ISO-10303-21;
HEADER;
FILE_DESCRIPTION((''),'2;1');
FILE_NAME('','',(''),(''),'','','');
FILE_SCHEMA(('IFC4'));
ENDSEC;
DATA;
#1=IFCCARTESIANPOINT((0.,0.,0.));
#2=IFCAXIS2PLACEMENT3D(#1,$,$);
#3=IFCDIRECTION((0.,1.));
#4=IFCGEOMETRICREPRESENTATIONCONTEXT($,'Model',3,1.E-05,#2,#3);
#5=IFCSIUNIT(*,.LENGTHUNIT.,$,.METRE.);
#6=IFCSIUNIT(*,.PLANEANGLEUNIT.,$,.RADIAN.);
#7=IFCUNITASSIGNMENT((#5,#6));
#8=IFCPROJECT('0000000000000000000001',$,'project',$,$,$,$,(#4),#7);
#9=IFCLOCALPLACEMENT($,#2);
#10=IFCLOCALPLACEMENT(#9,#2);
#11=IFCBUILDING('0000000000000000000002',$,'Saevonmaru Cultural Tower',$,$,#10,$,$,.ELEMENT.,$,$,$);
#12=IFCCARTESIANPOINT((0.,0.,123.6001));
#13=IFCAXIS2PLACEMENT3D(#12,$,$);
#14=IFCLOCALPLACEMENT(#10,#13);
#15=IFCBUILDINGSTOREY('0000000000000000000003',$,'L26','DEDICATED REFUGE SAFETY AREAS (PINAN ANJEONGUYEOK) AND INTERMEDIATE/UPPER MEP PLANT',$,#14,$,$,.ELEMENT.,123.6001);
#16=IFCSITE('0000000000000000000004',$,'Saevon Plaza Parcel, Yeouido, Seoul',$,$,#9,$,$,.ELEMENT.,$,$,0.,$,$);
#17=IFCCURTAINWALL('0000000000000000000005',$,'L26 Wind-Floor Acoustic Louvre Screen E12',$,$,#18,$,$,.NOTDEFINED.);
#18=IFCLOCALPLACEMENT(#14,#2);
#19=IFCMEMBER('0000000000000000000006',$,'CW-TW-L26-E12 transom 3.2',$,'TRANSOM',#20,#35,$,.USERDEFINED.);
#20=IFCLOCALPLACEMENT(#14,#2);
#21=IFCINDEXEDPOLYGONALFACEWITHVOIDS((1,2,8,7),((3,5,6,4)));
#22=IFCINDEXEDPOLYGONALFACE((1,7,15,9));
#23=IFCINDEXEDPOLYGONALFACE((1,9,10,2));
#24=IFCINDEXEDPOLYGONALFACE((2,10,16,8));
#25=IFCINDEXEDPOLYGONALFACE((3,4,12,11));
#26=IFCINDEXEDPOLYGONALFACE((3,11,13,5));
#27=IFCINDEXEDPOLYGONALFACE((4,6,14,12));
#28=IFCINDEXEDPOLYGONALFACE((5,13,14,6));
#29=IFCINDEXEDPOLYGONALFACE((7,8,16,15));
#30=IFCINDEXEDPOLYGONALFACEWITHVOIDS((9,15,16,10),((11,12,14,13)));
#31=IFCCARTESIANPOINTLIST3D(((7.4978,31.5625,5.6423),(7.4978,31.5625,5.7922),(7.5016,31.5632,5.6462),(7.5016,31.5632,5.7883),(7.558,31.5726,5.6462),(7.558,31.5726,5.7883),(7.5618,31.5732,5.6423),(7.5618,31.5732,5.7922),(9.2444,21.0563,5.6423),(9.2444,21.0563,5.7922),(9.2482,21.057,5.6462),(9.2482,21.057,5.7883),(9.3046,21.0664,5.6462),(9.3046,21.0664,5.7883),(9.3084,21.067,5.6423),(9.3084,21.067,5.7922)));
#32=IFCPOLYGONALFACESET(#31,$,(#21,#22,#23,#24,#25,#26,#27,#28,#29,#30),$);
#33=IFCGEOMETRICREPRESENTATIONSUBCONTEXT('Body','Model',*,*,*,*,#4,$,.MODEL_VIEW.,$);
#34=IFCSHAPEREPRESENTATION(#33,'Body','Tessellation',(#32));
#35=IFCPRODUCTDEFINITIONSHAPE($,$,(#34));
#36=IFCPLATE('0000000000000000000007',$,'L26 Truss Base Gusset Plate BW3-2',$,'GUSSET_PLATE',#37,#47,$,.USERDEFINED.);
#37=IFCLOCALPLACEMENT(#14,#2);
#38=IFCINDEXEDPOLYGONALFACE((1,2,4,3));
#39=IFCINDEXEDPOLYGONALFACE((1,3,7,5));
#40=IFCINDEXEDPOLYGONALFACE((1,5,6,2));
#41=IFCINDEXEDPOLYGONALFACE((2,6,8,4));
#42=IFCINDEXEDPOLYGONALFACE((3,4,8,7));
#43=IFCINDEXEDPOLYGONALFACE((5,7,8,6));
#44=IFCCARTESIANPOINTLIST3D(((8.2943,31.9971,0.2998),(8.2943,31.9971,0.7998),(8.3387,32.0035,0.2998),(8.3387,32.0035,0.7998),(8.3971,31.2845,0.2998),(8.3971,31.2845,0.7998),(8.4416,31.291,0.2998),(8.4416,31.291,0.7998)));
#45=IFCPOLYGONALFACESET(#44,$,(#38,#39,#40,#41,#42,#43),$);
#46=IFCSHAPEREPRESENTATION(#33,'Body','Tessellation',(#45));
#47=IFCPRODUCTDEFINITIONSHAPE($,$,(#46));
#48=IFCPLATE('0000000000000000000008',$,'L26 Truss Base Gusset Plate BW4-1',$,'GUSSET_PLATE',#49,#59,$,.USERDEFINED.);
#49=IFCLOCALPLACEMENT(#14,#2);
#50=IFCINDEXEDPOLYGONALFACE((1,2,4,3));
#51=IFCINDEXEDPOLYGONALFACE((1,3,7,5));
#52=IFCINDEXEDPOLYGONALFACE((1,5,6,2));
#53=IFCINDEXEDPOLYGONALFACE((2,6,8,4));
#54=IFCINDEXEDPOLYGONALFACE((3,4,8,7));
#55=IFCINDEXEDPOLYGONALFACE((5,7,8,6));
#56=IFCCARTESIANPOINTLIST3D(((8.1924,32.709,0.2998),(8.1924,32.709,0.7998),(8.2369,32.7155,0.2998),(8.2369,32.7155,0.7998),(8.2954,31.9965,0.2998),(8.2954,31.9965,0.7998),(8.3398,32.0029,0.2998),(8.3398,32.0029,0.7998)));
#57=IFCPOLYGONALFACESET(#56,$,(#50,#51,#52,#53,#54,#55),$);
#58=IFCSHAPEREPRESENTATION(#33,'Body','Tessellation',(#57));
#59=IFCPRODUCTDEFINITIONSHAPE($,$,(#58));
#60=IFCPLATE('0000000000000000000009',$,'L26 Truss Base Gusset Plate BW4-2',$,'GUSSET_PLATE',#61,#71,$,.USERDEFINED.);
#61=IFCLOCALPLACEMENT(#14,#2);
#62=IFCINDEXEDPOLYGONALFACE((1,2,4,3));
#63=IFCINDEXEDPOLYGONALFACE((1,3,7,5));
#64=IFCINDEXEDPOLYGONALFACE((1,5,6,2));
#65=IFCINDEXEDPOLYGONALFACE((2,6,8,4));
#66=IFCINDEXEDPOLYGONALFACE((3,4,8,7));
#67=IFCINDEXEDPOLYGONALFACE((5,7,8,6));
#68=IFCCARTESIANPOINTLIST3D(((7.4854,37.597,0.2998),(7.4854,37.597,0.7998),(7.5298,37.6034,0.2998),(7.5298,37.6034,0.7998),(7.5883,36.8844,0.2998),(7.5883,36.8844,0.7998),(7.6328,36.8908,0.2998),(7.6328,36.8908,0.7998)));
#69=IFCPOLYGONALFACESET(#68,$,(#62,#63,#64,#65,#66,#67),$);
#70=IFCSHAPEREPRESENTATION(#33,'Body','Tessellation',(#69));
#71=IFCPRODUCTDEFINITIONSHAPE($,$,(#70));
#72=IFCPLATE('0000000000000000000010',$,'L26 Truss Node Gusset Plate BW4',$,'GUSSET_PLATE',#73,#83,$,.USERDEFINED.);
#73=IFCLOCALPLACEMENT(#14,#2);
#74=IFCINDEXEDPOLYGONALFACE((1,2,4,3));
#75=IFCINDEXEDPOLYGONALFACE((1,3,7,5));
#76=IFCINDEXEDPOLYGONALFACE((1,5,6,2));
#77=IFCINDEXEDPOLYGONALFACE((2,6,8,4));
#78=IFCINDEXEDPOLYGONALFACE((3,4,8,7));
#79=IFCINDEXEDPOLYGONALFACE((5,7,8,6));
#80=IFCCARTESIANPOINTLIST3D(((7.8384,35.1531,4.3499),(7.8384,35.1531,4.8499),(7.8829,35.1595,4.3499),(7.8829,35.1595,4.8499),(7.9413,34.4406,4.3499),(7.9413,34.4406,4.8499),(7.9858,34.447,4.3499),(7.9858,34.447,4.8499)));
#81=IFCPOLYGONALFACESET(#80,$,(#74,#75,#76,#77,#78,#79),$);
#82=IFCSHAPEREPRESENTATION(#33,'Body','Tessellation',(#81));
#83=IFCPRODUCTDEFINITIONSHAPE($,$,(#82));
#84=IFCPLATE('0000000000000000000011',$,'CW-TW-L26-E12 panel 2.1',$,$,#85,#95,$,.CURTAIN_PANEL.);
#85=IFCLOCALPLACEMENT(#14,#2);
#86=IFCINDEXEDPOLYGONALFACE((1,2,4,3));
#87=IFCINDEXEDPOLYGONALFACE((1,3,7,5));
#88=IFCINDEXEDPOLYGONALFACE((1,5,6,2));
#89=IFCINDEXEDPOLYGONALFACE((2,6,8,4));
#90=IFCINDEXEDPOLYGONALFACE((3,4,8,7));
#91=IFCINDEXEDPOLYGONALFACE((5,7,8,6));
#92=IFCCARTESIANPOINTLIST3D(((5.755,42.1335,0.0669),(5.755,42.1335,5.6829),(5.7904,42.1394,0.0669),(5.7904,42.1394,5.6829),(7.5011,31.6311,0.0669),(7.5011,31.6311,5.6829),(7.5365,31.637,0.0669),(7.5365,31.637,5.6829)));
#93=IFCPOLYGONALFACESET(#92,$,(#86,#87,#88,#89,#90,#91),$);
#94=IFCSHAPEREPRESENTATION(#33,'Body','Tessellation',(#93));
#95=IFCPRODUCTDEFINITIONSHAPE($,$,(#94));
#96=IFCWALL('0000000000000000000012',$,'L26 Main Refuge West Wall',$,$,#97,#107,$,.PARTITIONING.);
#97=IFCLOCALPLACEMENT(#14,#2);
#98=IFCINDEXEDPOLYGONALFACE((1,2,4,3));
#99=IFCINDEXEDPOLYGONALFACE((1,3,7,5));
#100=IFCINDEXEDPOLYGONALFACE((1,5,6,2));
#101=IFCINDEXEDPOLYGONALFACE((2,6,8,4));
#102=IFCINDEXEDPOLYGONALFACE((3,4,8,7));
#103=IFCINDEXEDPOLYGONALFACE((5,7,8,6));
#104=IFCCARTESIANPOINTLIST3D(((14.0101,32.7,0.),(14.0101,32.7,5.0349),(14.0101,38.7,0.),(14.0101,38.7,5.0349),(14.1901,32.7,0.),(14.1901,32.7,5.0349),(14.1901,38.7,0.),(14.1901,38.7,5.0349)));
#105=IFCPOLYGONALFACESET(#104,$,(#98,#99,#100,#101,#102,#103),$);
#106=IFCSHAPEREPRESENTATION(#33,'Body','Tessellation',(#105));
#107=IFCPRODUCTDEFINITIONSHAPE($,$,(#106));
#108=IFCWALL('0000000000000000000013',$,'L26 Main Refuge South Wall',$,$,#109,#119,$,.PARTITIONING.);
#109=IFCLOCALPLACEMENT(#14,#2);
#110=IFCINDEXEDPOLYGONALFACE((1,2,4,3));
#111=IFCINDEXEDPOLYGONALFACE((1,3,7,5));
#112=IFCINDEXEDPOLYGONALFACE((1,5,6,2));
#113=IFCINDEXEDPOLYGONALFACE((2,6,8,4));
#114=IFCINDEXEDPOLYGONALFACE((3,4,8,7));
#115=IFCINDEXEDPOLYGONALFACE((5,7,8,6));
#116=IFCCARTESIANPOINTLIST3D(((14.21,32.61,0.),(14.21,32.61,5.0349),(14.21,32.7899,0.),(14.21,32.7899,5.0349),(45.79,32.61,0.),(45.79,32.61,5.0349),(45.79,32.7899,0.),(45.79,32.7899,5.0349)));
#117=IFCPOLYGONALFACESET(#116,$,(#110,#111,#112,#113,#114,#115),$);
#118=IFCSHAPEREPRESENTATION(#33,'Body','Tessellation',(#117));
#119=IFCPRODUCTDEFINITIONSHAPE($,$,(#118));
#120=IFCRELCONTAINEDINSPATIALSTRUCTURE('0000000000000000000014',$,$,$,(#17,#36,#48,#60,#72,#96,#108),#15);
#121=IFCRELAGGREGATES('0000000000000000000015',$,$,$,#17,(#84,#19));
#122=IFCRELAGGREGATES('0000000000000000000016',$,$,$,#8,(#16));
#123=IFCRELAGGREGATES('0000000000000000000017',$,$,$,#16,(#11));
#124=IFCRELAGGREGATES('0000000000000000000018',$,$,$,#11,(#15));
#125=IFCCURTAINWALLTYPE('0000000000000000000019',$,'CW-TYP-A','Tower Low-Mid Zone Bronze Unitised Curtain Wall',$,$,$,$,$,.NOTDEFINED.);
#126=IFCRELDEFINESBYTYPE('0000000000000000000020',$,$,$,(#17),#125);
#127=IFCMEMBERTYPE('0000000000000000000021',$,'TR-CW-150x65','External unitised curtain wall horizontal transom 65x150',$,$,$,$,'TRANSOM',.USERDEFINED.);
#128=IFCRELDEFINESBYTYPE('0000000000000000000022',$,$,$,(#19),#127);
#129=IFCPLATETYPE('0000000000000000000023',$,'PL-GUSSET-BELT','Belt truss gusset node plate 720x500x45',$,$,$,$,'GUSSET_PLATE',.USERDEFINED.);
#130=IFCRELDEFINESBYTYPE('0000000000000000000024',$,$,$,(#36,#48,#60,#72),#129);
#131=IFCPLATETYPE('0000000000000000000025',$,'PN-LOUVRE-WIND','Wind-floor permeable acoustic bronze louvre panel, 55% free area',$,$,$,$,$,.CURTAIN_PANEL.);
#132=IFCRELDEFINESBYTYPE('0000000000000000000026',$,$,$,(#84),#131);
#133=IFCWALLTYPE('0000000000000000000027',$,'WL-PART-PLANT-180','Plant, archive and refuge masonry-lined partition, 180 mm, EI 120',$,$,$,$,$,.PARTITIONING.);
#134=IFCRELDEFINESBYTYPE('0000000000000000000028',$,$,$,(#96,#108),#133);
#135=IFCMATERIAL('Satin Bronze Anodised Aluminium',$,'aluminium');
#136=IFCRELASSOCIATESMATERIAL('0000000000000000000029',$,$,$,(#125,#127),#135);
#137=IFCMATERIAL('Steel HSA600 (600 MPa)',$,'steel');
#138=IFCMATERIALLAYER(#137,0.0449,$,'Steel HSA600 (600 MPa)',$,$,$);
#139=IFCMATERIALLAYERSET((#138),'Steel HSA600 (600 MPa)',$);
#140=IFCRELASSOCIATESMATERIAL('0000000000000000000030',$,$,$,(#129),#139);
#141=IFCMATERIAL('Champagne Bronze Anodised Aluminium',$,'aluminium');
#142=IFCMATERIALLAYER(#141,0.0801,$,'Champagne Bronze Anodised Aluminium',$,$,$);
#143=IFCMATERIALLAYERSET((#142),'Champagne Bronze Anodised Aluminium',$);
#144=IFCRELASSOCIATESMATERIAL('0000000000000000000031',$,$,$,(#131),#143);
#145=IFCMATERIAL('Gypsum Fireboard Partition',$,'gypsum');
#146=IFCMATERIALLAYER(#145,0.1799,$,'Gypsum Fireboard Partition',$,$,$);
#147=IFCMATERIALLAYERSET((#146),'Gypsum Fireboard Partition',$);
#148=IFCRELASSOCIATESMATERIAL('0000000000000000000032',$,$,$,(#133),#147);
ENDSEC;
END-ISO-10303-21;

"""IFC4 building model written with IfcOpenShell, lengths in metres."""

from ifc_helpers import new_model, si_unit, direction, frame, frame_2d, origin, origin_2d, place, context, subcontext, project, spatial, rectangle, hollow_rectangle, extrude, material, layer, layer_set, material_profile, profile_set, type_object, element, aggregate, save


model = new_model("IFC4")

# Units and contexts
model_context = context("Model", 3, precision=1e-05, world=origin(), true_north=direction((0.0, 1.0)))
body_context = subcontext(model_context, "Body", "Model", "MODEL_VIEW")
ifc_project = project(units=[si_unit("LENGTHUNIT", "METRE"), si_unit("PLANEANGLEUNIT", "RADIAN")], contexts=[model_context])

# Site, building, storey
site_placement = place(None, origin())
site = spatial("IfcSite", under=ifc_project, at=site_placement, Name="Saevon Plaza Parcel, Yeouido, Seoul", CompositionType="ELEMENT", RefElevation=0.0)
building_placement = place(site_placement, origin())
building = spatial("IfcBuilding", under=site, at=building_placement, Name="Saevonmaru Cultural Tower", CompositionType="ELEMENT")
storey_placement = place(building_placement, frame((0.0, 0.0, 123.6001)))
storey = spatial("IfcBuildingStorey", under=building, at=storey_placement, Name="L26", Description="DEDICATED REFUGE SAFETY AREAS (PINAN ANJEONGUYEOK) AND INTERMEDIATE/UPPER MEP PLANT", CompositionType="ELEMENT", Elevation=123.6001)

# Curtain wall, member
ifc_material_1 = material(Name="Satin Bronze Anodised Aluminium", Category="aluminium")
curtain_wall_type = type_object("IfcCurtainWallType", Name="CW-TYP-A", Description="Tower Low-Mid Zone Bronze Unitised Curtain Wall", PredefinedType="NOTDEFINED", material=ifc_material_1)
curtain_wall_placement = place(storey_placement, origin())
curtain_wall = element("IfcCurtainWall", 1, at=curtain_wall_placement, inside=storey, type_object=curtain_wall_type, Name="L26 Wind-Floor Acoustic Louvre Screen E12", PredefinedType="NOTDEFINED")
ifc_material_profile_1 = material_profile(ifc_material_1, hollow_rectangle(XDim=0.0649, YDim=0.1499, WallThickness=0.0039, at=origin_2d()), Name="ALU-TRAN-150x65x4")
ifc_profile_set_1 = profile_set([ifc_material_profile_1], Name="Satin Bronze Anodised Aluminium")
member_type_1 = type_object("IfcMemberType", Name="TR-CW-150x65", Description="External unitised curtain wall horizontal transom 65x150", ElementType="TRANSOM", PredefinedType="USERDEFINED", material=ifc_profile_set_1)
member_1_placement = place(storey_placement, frame((7.5298, 31.5679, 5.7173), z_axis=(0.163994, -0.986461, 0.0), x_axis=(0.986461, 0.163994, 0.0)))
member_1 = element("IfcMember", 2, at=member_1_placement, type_object=member_type_1, Name="CW-TW-L26-E12 transom 3.2", ObjectType="TRANSOM", PredefinedType="USERDEFINED", context=body_context, shape_type="SweptSolid", body=[
    extrude(hollow_rectangle(XDim=0.0649, YDim=0.1499, WallThickness=0.0039, at=origin_2d()), origin(), (0.0, 0.0, 1.0), 10.6504),
])

# Plates
ifc_material_2 = material(Name="Steel HSA600 (600 MPa)", Category="steel")
ifc_layer_1 = layer(ifc_material_2, 0.0449, Name="Steel HSA600 (600 MPa)")
ifc_layer_set_1 = layer_set([ifc_layer_1], Name="Steel HSA600 (600 MPa)")
plate_type_1 = type_object("IfcPlateType", Name="PL-GUSSET-BELT", Description="Belt truss gusset node plate 720x500x45", ElementType="GUSSET_PLATE", PredefinedType="USERDEFINED", material=ifc_layer_set_1)
for number, where, z_axis, x_axis, name in (
    (3, (8.3679, 31.644, 0.2998), (0.0, 0.0, 1.0), (-0.142888, 0.989739, 0.0), "L26 Truss Base Gusset Plate BW3-2"),
    (4, (8.2661, 32.356, 0.2998), (0.0, 0.0, 1.0), (-0.142974, 0.989726, 0.0), "L26 Truss Base Gusset Plate BW4-1"),
    (5, (7.5591, 37.2439, 0.2998), (0.0, 0.0, 1.0), (-0.142974, 0.989726, 0.0), "L26 Truss Base Gusset Plate BW4-2"),
    (6, (7.9121, 34.8, 4.3499), (0.0, 0.0, 1.0), (-0.142974, 0.989726, 0.0), "L26 Truss Node Gusset Plate BW4"),
):
    element("IfcPlate", number, at=place(storey_placement, frame(where, z_axis=z_axis, x_axis=x_axis)), inside=storey, type_object=plate_type_1, Name=name, ObjectType="GUSSET_PLATE", PredefinedType="USERDEFINED", context=body_context, shape_type="SweptSolid", body=[
        extrude(rectangle(XDim=0.72, YDim=0.0449, at=origin_2d()), origin(), (0.0, 0.0, 1.0), 0.5),
    ])

# Plate
ifc_material_3 = material(Name="Champagne Bronze Anodised Aluminium", Category="aluminium")
ifc_layer_2 = layer(ifc_material_3, 0.0801, Name="Champagne Bronze Anodised Aluminium")
ifc_layer_set_2 = layer_set([ifc_layer_2], Name="Champagne Bronze Anodised Aluminium")
plate_type_2 = type_object("IfcPlateType", Name="PN-LOUVRE-WIND", Description="Wind-floor permeable acoustic bronze louvre panel, 55% free area", PredefinedType="CURTAIN_PANEL", material=ifc_layer_set_2)
plate_placement = place(storey_placement, frame((6.6458, 36.8853, 0.0669), z_axis=(0.0, 0.0, 1.0), x_axis=(0.163999, -0.986461, 0.0)))
plate = element("IfcPlate", 7, at=plate_placement, type_object=plate_type_2, Name="CW-TW-L26-E12 panel 2.1", PredefinedType="CURTAIN_PANEL", context=body_context, shape_type="SweptSolid", body=[
    extrude(rectangle(XDim=10.6465, YDim=0.0359, at=origin_2d()), origin(), (0.0, 0.0, 1.0), 5.616),
])
aggregate(curtain_wall, [plate, member_1])

# Walls
ifc_material_4 = material(Name="Gypsum Fireboard Partition", Category="gypsum")
ifc_layer_3 = layer(ifc_material_4, 0.1799, Name="Gypsum Fireboard Partition")
ifc_layer_set_3 = layer_set([ifc_layer_3], Name="Gypsum Fireboard Partition")
wall_type = type_object("IfcWallType", Name="WL-PART-PLANT-180", Description="Plant, archive and refuge masonry-lined partition, 180 mm, EI 120", PredefinedType="PARTITIONING", material=ifc_layer_set_3)
wall_1_placement = place(storey_placement, frame((14.1001, 32.7, 0.0), z_axis=(0.0, 0.0, 1.0), x_axis=(0.0, 1.0, 0.0)))
element("IfcWall", 8, at=wall_1_placement, inside=storey, type_object=wall_type, Name="L26 Main Refuge West Wall", PredefinedType="PARTITIONING", context=body_context, shape_type="SweptSolid", body=[
    extrude(rectangle(XDim=6.0, YDim=0.1799, at=frame_2d((3.0, 0.0))), origin(), (0.0, 0.0, 1.0), 5.0349),
])
wall_2_placement = place(storey_placement, frame((14.21, 32.7, 0.0), z_axis=(0.0, 0.0, 1.0), x_axis=(1.0, 0.0, 0.0)))
element("IfcWall", 9, at=wall_2_placement, inside=storey, type_object=wall_type, Name="L26 Main Refuge South Wall", PredefinedType="PARTITIONING", context=body_context, shape_type="SweptSolid", body=[
    extrude(rectangle(XDim=31.5801, YDim=0.1799, at=frame_2d((15.79, 0.0))), origin(), (0.0, 0.0, 1.0), 5.0349),
])

save(model, "model.ifc")
